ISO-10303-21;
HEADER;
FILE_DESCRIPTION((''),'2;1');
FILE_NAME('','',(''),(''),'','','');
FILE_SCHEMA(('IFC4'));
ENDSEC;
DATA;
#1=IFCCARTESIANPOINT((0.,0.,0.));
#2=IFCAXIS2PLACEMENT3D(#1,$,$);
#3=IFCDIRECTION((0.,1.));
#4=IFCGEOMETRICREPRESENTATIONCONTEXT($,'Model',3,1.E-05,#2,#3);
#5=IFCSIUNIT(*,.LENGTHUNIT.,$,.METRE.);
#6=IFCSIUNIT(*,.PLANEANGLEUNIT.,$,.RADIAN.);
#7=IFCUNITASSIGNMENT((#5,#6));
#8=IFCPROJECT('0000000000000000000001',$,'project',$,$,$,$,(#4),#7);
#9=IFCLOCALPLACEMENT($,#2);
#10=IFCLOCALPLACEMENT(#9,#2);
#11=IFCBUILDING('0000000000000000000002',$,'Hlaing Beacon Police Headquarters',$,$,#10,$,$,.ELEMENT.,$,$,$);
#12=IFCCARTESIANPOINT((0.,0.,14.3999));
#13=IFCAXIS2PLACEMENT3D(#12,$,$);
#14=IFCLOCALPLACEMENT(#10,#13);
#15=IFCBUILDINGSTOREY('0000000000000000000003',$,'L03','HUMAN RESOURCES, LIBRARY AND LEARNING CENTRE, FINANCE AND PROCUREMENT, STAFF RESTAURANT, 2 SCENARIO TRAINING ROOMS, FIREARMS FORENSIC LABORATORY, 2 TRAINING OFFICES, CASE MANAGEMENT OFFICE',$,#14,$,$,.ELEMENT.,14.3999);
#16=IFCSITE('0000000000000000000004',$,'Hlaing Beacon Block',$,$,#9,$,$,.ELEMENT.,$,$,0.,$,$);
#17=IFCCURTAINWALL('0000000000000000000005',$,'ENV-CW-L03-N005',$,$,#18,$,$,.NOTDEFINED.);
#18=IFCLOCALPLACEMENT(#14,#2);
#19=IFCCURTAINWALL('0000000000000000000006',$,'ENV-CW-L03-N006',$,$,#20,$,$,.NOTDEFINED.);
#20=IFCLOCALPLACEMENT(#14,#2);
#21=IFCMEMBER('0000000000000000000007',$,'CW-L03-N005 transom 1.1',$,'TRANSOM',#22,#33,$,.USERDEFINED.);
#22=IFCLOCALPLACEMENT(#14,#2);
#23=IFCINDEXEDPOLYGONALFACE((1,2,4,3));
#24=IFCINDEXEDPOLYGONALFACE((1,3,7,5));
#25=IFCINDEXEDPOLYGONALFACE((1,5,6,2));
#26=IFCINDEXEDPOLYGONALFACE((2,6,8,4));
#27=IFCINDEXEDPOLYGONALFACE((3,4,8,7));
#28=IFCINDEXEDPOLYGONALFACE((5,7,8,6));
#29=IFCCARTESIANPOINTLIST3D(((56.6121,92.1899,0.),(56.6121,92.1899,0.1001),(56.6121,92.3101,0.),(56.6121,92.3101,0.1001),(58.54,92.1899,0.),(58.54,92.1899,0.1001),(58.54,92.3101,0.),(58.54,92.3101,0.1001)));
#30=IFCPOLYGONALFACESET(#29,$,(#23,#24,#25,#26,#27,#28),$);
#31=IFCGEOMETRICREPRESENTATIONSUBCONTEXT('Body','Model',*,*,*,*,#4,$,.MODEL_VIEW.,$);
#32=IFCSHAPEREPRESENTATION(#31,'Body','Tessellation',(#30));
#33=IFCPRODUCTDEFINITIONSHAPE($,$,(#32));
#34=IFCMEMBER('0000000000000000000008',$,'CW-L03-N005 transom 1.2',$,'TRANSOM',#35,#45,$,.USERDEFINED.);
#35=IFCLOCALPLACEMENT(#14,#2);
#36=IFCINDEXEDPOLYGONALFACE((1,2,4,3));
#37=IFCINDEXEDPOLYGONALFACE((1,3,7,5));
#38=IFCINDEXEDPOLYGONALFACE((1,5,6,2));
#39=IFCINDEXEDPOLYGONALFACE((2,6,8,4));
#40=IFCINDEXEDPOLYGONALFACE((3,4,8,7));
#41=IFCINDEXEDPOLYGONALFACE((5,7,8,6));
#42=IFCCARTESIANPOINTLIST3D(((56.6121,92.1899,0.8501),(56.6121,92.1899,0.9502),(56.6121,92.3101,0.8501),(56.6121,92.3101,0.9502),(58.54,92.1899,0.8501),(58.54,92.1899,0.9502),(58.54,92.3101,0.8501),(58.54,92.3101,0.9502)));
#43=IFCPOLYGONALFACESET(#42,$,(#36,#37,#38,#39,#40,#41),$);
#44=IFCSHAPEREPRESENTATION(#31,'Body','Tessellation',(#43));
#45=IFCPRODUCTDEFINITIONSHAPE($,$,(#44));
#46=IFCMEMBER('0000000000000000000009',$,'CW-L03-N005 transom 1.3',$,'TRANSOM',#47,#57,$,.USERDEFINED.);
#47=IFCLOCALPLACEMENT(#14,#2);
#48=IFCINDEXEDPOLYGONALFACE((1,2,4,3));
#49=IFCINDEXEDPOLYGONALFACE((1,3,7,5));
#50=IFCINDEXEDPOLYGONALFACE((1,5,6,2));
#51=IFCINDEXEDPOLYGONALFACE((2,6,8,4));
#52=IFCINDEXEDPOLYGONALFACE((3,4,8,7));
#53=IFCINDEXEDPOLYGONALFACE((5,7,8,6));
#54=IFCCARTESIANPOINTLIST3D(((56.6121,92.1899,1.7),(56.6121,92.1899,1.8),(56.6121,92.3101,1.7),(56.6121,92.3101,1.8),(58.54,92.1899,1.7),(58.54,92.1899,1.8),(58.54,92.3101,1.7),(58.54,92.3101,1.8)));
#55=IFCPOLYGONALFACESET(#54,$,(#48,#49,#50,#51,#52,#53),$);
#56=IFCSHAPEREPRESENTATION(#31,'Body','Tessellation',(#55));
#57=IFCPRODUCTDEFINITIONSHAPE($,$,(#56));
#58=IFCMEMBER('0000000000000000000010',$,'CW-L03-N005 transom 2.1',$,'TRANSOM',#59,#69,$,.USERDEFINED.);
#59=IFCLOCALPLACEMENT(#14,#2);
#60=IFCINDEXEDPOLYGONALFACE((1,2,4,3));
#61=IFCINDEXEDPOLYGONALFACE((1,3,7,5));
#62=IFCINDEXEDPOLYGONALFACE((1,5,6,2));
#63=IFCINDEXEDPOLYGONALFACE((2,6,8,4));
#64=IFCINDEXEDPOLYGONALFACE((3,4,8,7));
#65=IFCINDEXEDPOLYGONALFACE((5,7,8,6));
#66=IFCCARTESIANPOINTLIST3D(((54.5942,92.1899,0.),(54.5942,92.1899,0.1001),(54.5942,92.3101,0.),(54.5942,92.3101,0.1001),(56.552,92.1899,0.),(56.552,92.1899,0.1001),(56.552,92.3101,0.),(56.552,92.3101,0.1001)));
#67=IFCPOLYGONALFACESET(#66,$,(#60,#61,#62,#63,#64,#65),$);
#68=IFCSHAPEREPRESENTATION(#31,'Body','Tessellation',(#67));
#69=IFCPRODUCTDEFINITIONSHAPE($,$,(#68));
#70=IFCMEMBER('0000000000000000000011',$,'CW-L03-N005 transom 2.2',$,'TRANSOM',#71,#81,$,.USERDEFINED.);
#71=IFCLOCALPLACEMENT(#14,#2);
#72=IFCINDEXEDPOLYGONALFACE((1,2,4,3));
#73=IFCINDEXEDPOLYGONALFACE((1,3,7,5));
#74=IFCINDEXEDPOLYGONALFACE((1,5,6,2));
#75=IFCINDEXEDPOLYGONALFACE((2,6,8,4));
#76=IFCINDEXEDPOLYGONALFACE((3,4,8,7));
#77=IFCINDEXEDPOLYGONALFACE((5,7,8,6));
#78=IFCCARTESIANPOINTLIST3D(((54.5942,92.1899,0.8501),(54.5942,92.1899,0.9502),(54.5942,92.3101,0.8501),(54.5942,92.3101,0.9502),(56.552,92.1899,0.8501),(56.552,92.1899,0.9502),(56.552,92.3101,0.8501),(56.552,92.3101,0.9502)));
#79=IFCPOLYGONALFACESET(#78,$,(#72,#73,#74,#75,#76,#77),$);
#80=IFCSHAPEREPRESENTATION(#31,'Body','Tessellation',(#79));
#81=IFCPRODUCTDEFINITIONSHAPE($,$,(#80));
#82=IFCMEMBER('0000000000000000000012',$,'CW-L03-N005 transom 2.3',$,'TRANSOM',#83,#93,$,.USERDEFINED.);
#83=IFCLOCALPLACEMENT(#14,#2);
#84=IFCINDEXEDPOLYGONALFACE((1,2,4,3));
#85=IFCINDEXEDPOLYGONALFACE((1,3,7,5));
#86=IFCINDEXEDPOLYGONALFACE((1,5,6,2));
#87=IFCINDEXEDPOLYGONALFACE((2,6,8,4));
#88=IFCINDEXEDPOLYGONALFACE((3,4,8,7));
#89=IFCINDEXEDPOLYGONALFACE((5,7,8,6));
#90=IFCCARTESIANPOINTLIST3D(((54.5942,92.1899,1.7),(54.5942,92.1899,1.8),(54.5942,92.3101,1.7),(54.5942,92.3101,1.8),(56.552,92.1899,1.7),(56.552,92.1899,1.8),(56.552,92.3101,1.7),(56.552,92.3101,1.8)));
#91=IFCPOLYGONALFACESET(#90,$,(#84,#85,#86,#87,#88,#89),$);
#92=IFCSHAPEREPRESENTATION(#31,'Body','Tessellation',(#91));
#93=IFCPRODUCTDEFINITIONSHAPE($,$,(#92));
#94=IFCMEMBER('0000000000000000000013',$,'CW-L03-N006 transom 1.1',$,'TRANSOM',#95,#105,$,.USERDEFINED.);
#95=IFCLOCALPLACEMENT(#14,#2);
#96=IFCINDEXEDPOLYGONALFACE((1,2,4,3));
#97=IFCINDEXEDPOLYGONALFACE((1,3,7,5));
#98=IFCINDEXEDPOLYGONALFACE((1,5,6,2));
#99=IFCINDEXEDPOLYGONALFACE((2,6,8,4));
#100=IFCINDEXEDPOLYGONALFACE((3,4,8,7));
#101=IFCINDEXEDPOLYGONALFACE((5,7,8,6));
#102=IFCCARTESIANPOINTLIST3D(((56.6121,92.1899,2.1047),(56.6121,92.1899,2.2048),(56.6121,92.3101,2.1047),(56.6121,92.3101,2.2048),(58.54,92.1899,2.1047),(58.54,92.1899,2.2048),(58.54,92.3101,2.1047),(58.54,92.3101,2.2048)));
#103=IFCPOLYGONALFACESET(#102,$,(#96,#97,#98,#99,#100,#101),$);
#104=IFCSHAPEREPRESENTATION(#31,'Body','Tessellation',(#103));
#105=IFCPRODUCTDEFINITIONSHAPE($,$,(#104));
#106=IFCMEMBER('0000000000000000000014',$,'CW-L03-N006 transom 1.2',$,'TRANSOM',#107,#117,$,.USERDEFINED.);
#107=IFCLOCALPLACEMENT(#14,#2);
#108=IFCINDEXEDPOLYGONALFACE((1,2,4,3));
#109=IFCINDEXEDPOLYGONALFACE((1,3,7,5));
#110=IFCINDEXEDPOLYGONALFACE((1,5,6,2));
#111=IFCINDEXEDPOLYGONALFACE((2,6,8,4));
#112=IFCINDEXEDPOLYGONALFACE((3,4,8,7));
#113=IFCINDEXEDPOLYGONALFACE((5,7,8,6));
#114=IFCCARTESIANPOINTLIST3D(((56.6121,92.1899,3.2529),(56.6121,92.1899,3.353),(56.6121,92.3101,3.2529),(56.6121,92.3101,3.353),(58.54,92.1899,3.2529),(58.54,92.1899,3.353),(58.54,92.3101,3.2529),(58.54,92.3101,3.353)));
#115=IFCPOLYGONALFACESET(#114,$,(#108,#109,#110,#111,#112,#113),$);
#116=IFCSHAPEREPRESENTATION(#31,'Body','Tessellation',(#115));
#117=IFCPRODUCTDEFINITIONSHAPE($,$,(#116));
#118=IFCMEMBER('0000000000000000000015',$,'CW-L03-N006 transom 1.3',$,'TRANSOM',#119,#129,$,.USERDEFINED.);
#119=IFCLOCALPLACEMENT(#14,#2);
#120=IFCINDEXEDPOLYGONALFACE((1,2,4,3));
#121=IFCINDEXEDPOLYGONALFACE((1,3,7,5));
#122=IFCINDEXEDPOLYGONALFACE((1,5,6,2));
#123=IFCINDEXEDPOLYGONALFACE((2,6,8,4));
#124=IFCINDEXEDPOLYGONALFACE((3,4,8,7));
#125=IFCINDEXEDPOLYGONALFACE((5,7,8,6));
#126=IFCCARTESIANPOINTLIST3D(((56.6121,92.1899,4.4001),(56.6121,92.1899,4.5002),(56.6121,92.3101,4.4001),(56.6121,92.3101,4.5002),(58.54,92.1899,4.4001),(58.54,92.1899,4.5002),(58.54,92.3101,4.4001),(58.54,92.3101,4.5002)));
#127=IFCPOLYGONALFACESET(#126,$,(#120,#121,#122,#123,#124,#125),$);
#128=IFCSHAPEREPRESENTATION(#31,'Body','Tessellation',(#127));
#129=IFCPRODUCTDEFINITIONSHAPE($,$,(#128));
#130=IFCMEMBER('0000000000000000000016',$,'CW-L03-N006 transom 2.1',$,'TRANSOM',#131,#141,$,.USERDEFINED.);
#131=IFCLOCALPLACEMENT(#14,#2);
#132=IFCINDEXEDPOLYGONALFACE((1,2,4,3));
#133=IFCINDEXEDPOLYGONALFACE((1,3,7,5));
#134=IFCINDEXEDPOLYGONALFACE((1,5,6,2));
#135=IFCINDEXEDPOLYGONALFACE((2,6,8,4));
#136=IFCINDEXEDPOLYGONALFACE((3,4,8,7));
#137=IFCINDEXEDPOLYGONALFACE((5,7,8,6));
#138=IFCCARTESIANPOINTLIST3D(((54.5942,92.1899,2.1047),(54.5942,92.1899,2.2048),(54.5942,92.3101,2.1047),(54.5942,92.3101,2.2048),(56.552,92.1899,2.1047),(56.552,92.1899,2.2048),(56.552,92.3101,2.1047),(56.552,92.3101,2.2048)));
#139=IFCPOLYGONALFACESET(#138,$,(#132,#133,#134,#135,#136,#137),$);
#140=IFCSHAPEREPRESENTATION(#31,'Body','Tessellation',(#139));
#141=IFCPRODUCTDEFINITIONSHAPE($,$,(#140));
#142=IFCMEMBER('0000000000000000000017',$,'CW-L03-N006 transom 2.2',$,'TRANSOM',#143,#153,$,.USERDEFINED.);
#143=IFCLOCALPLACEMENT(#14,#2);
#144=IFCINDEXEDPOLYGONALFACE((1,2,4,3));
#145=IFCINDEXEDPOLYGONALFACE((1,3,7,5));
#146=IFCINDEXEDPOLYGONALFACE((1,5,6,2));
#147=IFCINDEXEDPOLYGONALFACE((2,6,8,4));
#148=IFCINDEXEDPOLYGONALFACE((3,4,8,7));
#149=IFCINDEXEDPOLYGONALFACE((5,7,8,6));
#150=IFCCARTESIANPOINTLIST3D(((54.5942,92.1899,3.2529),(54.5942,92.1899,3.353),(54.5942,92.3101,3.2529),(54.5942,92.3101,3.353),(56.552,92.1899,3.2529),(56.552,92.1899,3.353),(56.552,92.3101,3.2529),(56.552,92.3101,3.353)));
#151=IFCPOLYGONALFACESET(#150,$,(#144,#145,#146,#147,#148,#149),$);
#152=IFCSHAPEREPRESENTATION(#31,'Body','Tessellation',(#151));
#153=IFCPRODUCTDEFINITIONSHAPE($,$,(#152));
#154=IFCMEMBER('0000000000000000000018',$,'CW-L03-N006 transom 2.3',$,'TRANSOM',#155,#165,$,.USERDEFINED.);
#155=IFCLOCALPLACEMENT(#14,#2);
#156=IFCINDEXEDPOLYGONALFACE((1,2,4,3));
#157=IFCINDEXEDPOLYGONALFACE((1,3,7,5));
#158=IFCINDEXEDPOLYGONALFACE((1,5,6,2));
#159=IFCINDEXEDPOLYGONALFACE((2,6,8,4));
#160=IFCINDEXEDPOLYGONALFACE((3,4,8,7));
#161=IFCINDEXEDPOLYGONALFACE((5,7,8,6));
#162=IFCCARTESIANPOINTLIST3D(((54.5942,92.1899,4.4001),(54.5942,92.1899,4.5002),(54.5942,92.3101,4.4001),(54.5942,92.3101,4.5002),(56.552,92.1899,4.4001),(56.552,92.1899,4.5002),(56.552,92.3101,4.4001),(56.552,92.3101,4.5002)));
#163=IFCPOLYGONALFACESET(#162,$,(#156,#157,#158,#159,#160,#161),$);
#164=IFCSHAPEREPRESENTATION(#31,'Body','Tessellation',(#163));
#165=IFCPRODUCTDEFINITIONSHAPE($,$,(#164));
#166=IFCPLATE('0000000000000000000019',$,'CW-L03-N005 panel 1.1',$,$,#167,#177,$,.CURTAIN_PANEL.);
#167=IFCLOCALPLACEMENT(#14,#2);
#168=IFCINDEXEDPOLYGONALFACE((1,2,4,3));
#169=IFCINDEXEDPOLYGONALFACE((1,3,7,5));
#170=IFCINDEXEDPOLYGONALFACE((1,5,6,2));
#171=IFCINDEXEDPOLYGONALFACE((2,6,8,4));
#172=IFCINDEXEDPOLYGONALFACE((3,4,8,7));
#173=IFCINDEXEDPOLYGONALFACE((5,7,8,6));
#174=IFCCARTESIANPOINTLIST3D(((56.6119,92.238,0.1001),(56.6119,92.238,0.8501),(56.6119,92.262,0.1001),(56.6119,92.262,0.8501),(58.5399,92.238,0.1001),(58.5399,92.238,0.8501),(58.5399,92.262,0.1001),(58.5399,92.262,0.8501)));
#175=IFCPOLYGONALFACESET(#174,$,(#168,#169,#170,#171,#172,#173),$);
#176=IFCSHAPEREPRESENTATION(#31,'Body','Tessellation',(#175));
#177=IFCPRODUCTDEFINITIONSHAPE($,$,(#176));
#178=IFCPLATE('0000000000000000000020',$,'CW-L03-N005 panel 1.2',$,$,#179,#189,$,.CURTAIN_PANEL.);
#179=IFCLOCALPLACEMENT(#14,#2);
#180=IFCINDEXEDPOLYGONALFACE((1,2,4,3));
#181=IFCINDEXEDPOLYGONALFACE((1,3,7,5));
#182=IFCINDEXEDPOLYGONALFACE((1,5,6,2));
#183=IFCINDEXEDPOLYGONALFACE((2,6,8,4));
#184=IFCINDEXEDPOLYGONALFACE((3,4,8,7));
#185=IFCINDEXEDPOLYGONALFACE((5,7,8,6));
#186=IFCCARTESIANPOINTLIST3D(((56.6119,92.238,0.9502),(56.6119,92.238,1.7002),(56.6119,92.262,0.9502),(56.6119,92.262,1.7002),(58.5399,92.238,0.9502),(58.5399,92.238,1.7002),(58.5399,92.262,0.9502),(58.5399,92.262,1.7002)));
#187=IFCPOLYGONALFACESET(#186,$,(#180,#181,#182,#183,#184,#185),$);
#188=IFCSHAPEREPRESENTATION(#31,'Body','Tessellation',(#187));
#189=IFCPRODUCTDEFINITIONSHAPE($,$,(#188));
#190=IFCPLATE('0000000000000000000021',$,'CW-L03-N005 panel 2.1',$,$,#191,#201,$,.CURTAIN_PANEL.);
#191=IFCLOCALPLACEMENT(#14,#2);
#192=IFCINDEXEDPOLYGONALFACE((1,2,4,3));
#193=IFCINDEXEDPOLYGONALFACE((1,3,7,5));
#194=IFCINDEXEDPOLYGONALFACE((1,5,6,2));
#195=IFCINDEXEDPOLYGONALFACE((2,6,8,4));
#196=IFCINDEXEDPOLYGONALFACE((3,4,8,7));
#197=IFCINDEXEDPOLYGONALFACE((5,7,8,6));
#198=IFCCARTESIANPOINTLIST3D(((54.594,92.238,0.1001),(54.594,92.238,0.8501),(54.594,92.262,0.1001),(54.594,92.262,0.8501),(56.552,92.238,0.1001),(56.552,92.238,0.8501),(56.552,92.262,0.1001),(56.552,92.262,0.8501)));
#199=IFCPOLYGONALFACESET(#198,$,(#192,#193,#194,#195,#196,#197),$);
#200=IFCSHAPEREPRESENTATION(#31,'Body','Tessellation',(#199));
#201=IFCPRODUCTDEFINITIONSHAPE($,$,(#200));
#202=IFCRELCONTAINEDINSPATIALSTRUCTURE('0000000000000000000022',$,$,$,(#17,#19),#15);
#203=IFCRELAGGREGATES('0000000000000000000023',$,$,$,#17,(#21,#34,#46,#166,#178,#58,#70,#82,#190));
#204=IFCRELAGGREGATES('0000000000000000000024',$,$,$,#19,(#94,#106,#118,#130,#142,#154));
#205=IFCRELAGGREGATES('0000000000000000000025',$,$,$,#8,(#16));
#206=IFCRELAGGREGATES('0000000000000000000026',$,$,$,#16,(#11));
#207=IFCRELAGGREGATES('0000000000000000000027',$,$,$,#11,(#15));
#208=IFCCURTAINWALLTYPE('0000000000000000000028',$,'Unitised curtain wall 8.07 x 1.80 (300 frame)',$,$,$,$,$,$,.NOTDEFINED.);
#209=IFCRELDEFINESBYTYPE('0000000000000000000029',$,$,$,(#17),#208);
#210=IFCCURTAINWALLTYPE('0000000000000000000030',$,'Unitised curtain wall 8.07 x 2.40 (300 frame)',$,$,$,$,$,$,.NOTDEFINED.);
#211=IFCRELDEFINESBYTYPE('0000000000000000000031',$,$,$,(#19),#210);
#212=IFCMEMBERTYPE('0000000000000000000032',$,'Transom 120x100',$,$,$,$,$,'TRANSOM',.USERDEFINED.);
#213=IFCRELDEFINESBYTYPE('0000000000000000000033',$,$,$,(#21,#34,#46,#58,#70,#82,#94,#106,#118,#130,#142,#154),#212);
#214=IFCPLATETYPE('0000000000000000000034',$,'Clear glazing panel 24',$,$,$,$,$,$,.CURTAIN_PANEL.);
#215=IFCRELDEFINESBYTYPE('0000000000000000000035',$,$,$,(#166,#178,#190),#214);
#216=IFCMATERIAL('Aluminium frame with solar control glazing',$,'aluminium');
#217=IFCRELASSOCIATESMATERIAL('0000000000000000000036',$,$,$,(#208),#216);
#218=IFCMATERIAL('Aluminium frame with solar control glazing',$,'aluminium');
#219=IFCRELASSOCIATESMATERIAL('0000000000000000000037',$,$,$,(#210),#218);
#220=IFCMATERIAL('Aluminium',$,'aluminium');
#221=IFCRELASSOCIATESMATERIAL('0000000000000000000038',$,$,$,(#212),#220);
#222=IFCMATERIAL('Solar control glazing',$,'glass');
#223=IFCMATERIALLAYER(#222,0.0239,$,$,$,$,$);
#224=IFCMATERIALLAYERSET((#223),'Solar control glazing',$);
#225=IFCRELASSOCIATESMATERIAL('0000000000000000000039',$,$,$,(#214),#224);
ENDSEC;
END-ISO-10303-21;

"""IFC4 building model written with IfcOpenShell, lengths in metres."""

from ifc_helpers import new_model, si_unit, direction, frame, origin, origin_2d, place, context, subcontext, project, spatial, rectangle, extrude, material, layer, layer_set, material_profile, profile_set, type_object, element, aggregate, save


model = new_model("IFC4")

# Units and contexts
model_context = context("Model", 3, precision=1e-05, world=origin(), true_north=direction((0.0, 1.0)))
body_context = subcontext(model_context, "Body", "Model", "MODEL_VIEW")
ifc_project = project(units=[si_unit("LENGTHUNIT", "METRE"), si_unit("PLANEANGLEUNIT", "RADIAN")], contexts=[model_context])

# Site, building, storey
site_placement = place(None, origin())
site = spatial("IfcSite", under=ifc_project, at=site_placement, Name="Hlaing Beacon Block", CompositionType="ELEMENT", RefElevation=0.0)
building_placement = place(site_placement, origin())
building = spatial("IfcBuilding", under=site, at=building_placement, Name="Hlaing Beacon Police Headquarters", CompositionType="ELEMENT")
storey_placement = place(building_placement, frame((0.0, 0.0, 14.3999)))
storey = spatial("IfcBuildingStorey", under=building, at=storey_placement, Name="L03", Description="HUMAN RESOURCES, LIBRARY AND LEARNING CENTRE, FINANCE AND PROCUREMENT, STAFF RESTAURANT, 2 SCENARIO TRAINING ROOMS, FIREARMS FORENSIC LABORATORY, 2 TRAINING OFFICES, CASE MANAGEMENT OFFICE", CompositionType="ELEMENT", Elevation=14.3999)

# Curtain walls
ifc_material_1 = material(Name="Aluminium frame with solar control glazing", Category="aluminium")
curtain_wall_type_1 = type_object("IfcCurtainWallType", Name="Unitised curtain wall 8.07 x 1.80 (300 frame)", PredefinedType="NOTDEFINED", material=ifc_material_1)
curtain_wall_1_placement = place(storey_placement, origin())
curtain_wall_1 = element("IfcCurtainWall", 1, at=curtain_wall_1_placement, inside=storey, type_object=curtain_wall_type_1, Name="ENV-CW-L03-N005", PredefinedType="NOTDEFINED")
ifc_material_2 = material(Name="Aluminium frame with solar control glazing", Category="aluminium")
curtain_wall_type_2 = type_object("IfcCurtainWallType", Name="Unitised curtain wall 8.07 x 2.40 (300 frame)", PredefinedType="NOTDEFINED", material=ifc_material_2)
curtain_wall_2_placement = place(storey_placement, origin())
curtain_wall_2 = element("IfcCurtainWall", 2, at=curtain_wall_2_placement, inside=storey, type_object=curtain_wall_type_2, Name="ENV-CW-L03-N006", PredefinedType="NOTDEFINED")

# Members
ifc_material_3 = material(Name="Aluminium", Category="aluminium")
ifc_material_profile_1 = material_profile(ifc_material_3, rectangle(XDim=0.1201, YDim=0.1001, at=origin_2d()), Name="Transom 120x100")
ifc_profile_set_1 = profile_set([ifc_material_profile_1], Name="Aluminium")
member_type_1 = type_object("IfcMemberType", Name="Transom 120x100", ElementType="TRANSOM", PredefinedType="USERDEFINED", material=ifc_profile_set_1)
member_1_placement = place(storey_placement, frame((58.54, 92.25, 0.05), z_axis=(-1.0, 0.0, 0.0), x_axis=(0.0, -1.0, 0.0)))
member_1 = element("IfcMember", 3, at=member_1_placement, type_object=member_type_1, Name="CW-L03-N005 transom 1.1", ObjectType="TRANSOM", PredefinedType="USERDEFINED", context=body_context, shape_type="SweptSolid", body=[
    extrude(rectangle(XDim=0.1201, YDim=0.1001, at=origin_2d()), origin(), (0.0, 0.0, 1.0), 1.928),
])
member_2_placement = place(storey_placement, frame((58.54, 92.25, 0.9001), z_axis=(-1.0, 0.0, 0.0), x_axis=(0.0, -1.0, 0.0)))
member_2 = element("IfcMember", 4, at=member_2_placement, type_object=member_type_1, Name="CW-L03-N005 transom 1.2", ObjectType="TRANSOM", PredefinedType="USERDEFINED", context=body_context, shape_type="SweptSolid", body=[
    extrude(rectangle(XDim=0.1201, YDim=0.1001, at=origin_2d()), origin(), (0.0, 0.0, 1.0), 1.928),
])
member_3_placement = place(storey_placement, frame((58.54, 92.25, 1.75), z_axis=(-1.0, 0.0, 0.0), x_axis=(0.0, -1.0, 0.0)))
member_3 = element("IfcMember", 5, at=member_3_placement, type_object=member_type_1, Name="CW-L03-N005 transom 1.3", ObjectType="TRANSOM", PredefinedType="USERDEFINED", context=body_context, shape_type="SweptSolid", body=[
    extrude(rectangle(XDim=0.1201, YDim=0.1001, at=origin_2d()), origin(), (0.0, 0.0, 1.0), 1.928),
])
member_4_placement = place(storey_placement, frame((56.552, 92.25, 0.05), z_axis=(-1.0, 0.0, 0.0), x_axis=(0.0, -1.0, 0.0)))
member_4 = element("IfcMember", 6, at=member_4_placement, type_object=member_type_1, Name="CW-L03-N005 transom 2.1", ObjectType="TRANSOM", PredefinedType="USERDEFINED", context=body_context, shape_type="SweptSolid", body=[
    extrude(rectangle(XDim=0.1201, YDim=0.1001, at=origin_2d()), origin(), (0.0, 0.0, 1.0), 1.9578),
])
member_5_placement = place(storey_placement, frame((56.552, 92.25, 0.9001), z_axis=(-1.0, 0.0, 0.0), x_axis=(0.0, -1.0, 0.0)))
member_5 = element("IfcMember", 7, at=member_5_placement, type_object=member_type_1, Name="CW-L03-N005 transom 2.2", ObjectType="TRANSOM", PredefinedType="USERDEFINED", context=body_context, shape_type="SweptSolid", body=[
    extrude(rectangle(XDim=0.1201, YDim=0.1001, at=origin_2d()), origin(), (0.0, 0.0, 1.0), 1.9578),
])
member_6_placement = place(storey_placement, frame((56.552, 92.25, 1.75), z_axis=(-1.0, 0.0, 0.0), x_axis=(0.0, -1.0, 0.0)))
member_6 = element("IfcMember", 8, at=member_6_placement, type_object=member_type_1, Name="CW-L03-N005 transom 2.3", ObjectType="TRANSOM", PredefinedType="USERDEFINED", context=body_context, shape_type="SweptSolid", body=[
    extrude(rectangle(XDim=0.1201, YDim=0.1001, at=origin_2d()), origin(), (0.0, 0.0, 1.0), 1.9578),
])
member_7_placement = place(storey_placement, frame((58.54, 92.25, 2.1548), z_axis=(-1.0, 0.0, 0.0), x_axis=(0.0, -1.0, 0.0)))
member_7 = element("IfcMember", 9, at=member_7_placement, type_object=member_type_1, Name="CW-L03-N006 transom 1.1", ObjectType="TRANSOM", PredefinedType="USERDEFINED", context=body_context, shape_type="SweptSolid", body=[
    extrude(rectangle(XDim=0.1201, YDim=0.1001, at=origin_2d()), origin(), (0.0, 0.0, 1.0), 1.928),
])
member_8_placement = place(storey_placement, frame((58.54, 92.25, 3.303), z_axis=(-1.0, 0.0, 0.0), x_axis=(0.0, -1.0, 0.0)))
member_8 = element("IfcMember", 10, at=member_8_placement, type_object=member_type_1, Name="CW-L03-N006 transom 1.2", ObjectType="TRANSOM", PredefinedType="USERDEFINED", context=body_context, shape_type="SweptSolid", body=[
    extrude(rectangle(XDim=0.1201, YDim=0.1001, at=origin_2d()), origin(), (0.0, 0.0, 1.0), 1.928),
])
member_9_placement = place(storey_placement, frame((58.54, 92.25, 4.4502), z_axis=(-1.0, 0.0, 0.0), x_axis=(0.0, -1.0, 0.0)))
member_9 = element("IfcMember", 11, at=member_9_placement, type_object=member_type_1, Name="CW-L03-N006 transom 1.3", ObjectType="TRANSOM", PredefinedType="USERDEFINED", context=body_context, shape_type="SweptSolid", body=[
    extrude(rectangle(XDim=0.1201, YDim=0.1001, at=origin_2d()), origin(), (0.0, 0.0, 1.0), 1.928),
])
member_10_placement = place(storey_placement, frame((56.552, 92.25, 2.1548), z_axis=(-1.0, 0.0, 0.0), x_axis=(0.0, -1.0, 0.0)))
member_10 = element("IfcMember", 12, at=member_10_placement, type_object=member_type_1, Name="CW-L03-N006 transom 2.1", ObjectType="TRANSOM", PredefinedType="USERDEFINED", context=body_context, shape_type="SweptSolid", body=[
    extrude(rectangle(XDim=0.1201, YDim=0.1001, at=origin_2d()), origin(), (0.0, 0.0, 1.0), 1.9578),
])
member_11_placement = place(storey_placement, frame((56.552, 92.25, 3.303), z_axis=(-1.0, 0.0, 0.0), x_axis=(0.0, -1.0, 0.0)))
member_11 = element("IfcMember", 13, at=member_11_placement, type_object=member_type_1, Name="CW-L03-N006 transom 2.2", ObjectType="TRANSOM", PredefinedType="USERDEFINED", context=body_context, shape_type="SweptSolid", body=[
    extrude(rectangle(XDim=0.1201, YDim=0.1001, at=origin_2d()), origin(), (0.0, 0.0, 1.0), 1.9578),
])
member_12_placement = place(storey_placement, frame((56.552, 92.25, 4.4502), z_axis=(-1.0, 0.0, 0.0), x_axis=(0.0, -1.0, 0.0)))
member_12 = element("IfcMember", 14, at=member_12_placement, type_object=member_type_1, Name="CW-L03-N006 transom 2.3", ObjectType="TRANSOM", PredefinedType="USERDEFINED", context=body_context, shape_type="SweptSolid", body=[
    extrude(rectangle(XDim=0.1201, YDim=0.1001, at=origin_2d()), origin(), (0.0, 0.0, 1.0), 1.9578),
])

# Plates
ifc_material_4 = material(Name="Solar control glazing", Category="glass")
ifc_layer_1 = layer(ifc_material_4, 0.0239)
ifc_layer_set_1 = layer_set([ifc_layer_1], Name="Solar control glazing")
plate_type_1 = type_object("IfcPlateType", Name="Clear glazing panel 24", PredefinedType="CURTAIN_PANEL", material=ifc_layer_set_1)
plate_1_placement = place(storey_placement, frame((57.5759, 92.25, 0.1001), z_axis=(0.0, 0.0, 1.0), x_axis=(-1.0, 0.0, 0.0)))
plate_1 = element("IfcPlate", 15, at=plate_1_placement, type_object=plate_type_1, Name="CW-L03-N005 panel 1.1", PredefinedType="CURTAIN_PANEL", context=body_context, shape_type="SweptSolid", body=[
    extrude(rectangle(XDim=1.928, YDim=0.0239, at=origin_2d()), origin(), (0.0, 0.0, 1.0), 0.75),
])
plate_2_placement = place(storey_placement, frame((57.5759, 92.25, 0.9502), z_axis=(0.0, 0.0, 1.0), x_axis=(-1.0, 0.0, 0.0)))
plate_2 = element("IfcPlate", 16, at=plate_2_placement, type_object=plate_type_1, Name="CW-L03-N005 panel 1.2", PredefinedType="CURTAIN_PANEL", context=body_context, shape_type="SweptSolid", body=[
    extrude(rectangle(XDim=1.928, YDim=0.0239, at=origin_2d()), origin(), (0.0, 0.0, 1.0), 0.75),
])
plate_3_placement = place(storey_placement, frame((55.573, 92.25, 0.1001), z_axis=(0.0, 0.0, 1.0), x_axis=(-1.0, 0.0, 0.0)))
plate_3 = element("IfcPlate", 17, at=plate_3_placement, type_object=plate_type_1, Name="CW-L03-N005 panel 2.1", PredefinedType="CURTAIN_PANEL", context=body_context, shape_type="SweptSolid", body=[
    extrude(rectangle(XDim=1.958, YDim=0.0239, at=origin_2d()), origin(), (0.0, 0.0, 1.0), 0.75),
])
aggregate(curtain_wall_1, [member_1, member_2, member_3, plate_1, plate_2, member_4, member_5, member_6, plate_3])
aggregate(curtain_wall_2, [member_7, member_8, member_9, member_10, member_11, member_12])

save(model, "model.ifc")
